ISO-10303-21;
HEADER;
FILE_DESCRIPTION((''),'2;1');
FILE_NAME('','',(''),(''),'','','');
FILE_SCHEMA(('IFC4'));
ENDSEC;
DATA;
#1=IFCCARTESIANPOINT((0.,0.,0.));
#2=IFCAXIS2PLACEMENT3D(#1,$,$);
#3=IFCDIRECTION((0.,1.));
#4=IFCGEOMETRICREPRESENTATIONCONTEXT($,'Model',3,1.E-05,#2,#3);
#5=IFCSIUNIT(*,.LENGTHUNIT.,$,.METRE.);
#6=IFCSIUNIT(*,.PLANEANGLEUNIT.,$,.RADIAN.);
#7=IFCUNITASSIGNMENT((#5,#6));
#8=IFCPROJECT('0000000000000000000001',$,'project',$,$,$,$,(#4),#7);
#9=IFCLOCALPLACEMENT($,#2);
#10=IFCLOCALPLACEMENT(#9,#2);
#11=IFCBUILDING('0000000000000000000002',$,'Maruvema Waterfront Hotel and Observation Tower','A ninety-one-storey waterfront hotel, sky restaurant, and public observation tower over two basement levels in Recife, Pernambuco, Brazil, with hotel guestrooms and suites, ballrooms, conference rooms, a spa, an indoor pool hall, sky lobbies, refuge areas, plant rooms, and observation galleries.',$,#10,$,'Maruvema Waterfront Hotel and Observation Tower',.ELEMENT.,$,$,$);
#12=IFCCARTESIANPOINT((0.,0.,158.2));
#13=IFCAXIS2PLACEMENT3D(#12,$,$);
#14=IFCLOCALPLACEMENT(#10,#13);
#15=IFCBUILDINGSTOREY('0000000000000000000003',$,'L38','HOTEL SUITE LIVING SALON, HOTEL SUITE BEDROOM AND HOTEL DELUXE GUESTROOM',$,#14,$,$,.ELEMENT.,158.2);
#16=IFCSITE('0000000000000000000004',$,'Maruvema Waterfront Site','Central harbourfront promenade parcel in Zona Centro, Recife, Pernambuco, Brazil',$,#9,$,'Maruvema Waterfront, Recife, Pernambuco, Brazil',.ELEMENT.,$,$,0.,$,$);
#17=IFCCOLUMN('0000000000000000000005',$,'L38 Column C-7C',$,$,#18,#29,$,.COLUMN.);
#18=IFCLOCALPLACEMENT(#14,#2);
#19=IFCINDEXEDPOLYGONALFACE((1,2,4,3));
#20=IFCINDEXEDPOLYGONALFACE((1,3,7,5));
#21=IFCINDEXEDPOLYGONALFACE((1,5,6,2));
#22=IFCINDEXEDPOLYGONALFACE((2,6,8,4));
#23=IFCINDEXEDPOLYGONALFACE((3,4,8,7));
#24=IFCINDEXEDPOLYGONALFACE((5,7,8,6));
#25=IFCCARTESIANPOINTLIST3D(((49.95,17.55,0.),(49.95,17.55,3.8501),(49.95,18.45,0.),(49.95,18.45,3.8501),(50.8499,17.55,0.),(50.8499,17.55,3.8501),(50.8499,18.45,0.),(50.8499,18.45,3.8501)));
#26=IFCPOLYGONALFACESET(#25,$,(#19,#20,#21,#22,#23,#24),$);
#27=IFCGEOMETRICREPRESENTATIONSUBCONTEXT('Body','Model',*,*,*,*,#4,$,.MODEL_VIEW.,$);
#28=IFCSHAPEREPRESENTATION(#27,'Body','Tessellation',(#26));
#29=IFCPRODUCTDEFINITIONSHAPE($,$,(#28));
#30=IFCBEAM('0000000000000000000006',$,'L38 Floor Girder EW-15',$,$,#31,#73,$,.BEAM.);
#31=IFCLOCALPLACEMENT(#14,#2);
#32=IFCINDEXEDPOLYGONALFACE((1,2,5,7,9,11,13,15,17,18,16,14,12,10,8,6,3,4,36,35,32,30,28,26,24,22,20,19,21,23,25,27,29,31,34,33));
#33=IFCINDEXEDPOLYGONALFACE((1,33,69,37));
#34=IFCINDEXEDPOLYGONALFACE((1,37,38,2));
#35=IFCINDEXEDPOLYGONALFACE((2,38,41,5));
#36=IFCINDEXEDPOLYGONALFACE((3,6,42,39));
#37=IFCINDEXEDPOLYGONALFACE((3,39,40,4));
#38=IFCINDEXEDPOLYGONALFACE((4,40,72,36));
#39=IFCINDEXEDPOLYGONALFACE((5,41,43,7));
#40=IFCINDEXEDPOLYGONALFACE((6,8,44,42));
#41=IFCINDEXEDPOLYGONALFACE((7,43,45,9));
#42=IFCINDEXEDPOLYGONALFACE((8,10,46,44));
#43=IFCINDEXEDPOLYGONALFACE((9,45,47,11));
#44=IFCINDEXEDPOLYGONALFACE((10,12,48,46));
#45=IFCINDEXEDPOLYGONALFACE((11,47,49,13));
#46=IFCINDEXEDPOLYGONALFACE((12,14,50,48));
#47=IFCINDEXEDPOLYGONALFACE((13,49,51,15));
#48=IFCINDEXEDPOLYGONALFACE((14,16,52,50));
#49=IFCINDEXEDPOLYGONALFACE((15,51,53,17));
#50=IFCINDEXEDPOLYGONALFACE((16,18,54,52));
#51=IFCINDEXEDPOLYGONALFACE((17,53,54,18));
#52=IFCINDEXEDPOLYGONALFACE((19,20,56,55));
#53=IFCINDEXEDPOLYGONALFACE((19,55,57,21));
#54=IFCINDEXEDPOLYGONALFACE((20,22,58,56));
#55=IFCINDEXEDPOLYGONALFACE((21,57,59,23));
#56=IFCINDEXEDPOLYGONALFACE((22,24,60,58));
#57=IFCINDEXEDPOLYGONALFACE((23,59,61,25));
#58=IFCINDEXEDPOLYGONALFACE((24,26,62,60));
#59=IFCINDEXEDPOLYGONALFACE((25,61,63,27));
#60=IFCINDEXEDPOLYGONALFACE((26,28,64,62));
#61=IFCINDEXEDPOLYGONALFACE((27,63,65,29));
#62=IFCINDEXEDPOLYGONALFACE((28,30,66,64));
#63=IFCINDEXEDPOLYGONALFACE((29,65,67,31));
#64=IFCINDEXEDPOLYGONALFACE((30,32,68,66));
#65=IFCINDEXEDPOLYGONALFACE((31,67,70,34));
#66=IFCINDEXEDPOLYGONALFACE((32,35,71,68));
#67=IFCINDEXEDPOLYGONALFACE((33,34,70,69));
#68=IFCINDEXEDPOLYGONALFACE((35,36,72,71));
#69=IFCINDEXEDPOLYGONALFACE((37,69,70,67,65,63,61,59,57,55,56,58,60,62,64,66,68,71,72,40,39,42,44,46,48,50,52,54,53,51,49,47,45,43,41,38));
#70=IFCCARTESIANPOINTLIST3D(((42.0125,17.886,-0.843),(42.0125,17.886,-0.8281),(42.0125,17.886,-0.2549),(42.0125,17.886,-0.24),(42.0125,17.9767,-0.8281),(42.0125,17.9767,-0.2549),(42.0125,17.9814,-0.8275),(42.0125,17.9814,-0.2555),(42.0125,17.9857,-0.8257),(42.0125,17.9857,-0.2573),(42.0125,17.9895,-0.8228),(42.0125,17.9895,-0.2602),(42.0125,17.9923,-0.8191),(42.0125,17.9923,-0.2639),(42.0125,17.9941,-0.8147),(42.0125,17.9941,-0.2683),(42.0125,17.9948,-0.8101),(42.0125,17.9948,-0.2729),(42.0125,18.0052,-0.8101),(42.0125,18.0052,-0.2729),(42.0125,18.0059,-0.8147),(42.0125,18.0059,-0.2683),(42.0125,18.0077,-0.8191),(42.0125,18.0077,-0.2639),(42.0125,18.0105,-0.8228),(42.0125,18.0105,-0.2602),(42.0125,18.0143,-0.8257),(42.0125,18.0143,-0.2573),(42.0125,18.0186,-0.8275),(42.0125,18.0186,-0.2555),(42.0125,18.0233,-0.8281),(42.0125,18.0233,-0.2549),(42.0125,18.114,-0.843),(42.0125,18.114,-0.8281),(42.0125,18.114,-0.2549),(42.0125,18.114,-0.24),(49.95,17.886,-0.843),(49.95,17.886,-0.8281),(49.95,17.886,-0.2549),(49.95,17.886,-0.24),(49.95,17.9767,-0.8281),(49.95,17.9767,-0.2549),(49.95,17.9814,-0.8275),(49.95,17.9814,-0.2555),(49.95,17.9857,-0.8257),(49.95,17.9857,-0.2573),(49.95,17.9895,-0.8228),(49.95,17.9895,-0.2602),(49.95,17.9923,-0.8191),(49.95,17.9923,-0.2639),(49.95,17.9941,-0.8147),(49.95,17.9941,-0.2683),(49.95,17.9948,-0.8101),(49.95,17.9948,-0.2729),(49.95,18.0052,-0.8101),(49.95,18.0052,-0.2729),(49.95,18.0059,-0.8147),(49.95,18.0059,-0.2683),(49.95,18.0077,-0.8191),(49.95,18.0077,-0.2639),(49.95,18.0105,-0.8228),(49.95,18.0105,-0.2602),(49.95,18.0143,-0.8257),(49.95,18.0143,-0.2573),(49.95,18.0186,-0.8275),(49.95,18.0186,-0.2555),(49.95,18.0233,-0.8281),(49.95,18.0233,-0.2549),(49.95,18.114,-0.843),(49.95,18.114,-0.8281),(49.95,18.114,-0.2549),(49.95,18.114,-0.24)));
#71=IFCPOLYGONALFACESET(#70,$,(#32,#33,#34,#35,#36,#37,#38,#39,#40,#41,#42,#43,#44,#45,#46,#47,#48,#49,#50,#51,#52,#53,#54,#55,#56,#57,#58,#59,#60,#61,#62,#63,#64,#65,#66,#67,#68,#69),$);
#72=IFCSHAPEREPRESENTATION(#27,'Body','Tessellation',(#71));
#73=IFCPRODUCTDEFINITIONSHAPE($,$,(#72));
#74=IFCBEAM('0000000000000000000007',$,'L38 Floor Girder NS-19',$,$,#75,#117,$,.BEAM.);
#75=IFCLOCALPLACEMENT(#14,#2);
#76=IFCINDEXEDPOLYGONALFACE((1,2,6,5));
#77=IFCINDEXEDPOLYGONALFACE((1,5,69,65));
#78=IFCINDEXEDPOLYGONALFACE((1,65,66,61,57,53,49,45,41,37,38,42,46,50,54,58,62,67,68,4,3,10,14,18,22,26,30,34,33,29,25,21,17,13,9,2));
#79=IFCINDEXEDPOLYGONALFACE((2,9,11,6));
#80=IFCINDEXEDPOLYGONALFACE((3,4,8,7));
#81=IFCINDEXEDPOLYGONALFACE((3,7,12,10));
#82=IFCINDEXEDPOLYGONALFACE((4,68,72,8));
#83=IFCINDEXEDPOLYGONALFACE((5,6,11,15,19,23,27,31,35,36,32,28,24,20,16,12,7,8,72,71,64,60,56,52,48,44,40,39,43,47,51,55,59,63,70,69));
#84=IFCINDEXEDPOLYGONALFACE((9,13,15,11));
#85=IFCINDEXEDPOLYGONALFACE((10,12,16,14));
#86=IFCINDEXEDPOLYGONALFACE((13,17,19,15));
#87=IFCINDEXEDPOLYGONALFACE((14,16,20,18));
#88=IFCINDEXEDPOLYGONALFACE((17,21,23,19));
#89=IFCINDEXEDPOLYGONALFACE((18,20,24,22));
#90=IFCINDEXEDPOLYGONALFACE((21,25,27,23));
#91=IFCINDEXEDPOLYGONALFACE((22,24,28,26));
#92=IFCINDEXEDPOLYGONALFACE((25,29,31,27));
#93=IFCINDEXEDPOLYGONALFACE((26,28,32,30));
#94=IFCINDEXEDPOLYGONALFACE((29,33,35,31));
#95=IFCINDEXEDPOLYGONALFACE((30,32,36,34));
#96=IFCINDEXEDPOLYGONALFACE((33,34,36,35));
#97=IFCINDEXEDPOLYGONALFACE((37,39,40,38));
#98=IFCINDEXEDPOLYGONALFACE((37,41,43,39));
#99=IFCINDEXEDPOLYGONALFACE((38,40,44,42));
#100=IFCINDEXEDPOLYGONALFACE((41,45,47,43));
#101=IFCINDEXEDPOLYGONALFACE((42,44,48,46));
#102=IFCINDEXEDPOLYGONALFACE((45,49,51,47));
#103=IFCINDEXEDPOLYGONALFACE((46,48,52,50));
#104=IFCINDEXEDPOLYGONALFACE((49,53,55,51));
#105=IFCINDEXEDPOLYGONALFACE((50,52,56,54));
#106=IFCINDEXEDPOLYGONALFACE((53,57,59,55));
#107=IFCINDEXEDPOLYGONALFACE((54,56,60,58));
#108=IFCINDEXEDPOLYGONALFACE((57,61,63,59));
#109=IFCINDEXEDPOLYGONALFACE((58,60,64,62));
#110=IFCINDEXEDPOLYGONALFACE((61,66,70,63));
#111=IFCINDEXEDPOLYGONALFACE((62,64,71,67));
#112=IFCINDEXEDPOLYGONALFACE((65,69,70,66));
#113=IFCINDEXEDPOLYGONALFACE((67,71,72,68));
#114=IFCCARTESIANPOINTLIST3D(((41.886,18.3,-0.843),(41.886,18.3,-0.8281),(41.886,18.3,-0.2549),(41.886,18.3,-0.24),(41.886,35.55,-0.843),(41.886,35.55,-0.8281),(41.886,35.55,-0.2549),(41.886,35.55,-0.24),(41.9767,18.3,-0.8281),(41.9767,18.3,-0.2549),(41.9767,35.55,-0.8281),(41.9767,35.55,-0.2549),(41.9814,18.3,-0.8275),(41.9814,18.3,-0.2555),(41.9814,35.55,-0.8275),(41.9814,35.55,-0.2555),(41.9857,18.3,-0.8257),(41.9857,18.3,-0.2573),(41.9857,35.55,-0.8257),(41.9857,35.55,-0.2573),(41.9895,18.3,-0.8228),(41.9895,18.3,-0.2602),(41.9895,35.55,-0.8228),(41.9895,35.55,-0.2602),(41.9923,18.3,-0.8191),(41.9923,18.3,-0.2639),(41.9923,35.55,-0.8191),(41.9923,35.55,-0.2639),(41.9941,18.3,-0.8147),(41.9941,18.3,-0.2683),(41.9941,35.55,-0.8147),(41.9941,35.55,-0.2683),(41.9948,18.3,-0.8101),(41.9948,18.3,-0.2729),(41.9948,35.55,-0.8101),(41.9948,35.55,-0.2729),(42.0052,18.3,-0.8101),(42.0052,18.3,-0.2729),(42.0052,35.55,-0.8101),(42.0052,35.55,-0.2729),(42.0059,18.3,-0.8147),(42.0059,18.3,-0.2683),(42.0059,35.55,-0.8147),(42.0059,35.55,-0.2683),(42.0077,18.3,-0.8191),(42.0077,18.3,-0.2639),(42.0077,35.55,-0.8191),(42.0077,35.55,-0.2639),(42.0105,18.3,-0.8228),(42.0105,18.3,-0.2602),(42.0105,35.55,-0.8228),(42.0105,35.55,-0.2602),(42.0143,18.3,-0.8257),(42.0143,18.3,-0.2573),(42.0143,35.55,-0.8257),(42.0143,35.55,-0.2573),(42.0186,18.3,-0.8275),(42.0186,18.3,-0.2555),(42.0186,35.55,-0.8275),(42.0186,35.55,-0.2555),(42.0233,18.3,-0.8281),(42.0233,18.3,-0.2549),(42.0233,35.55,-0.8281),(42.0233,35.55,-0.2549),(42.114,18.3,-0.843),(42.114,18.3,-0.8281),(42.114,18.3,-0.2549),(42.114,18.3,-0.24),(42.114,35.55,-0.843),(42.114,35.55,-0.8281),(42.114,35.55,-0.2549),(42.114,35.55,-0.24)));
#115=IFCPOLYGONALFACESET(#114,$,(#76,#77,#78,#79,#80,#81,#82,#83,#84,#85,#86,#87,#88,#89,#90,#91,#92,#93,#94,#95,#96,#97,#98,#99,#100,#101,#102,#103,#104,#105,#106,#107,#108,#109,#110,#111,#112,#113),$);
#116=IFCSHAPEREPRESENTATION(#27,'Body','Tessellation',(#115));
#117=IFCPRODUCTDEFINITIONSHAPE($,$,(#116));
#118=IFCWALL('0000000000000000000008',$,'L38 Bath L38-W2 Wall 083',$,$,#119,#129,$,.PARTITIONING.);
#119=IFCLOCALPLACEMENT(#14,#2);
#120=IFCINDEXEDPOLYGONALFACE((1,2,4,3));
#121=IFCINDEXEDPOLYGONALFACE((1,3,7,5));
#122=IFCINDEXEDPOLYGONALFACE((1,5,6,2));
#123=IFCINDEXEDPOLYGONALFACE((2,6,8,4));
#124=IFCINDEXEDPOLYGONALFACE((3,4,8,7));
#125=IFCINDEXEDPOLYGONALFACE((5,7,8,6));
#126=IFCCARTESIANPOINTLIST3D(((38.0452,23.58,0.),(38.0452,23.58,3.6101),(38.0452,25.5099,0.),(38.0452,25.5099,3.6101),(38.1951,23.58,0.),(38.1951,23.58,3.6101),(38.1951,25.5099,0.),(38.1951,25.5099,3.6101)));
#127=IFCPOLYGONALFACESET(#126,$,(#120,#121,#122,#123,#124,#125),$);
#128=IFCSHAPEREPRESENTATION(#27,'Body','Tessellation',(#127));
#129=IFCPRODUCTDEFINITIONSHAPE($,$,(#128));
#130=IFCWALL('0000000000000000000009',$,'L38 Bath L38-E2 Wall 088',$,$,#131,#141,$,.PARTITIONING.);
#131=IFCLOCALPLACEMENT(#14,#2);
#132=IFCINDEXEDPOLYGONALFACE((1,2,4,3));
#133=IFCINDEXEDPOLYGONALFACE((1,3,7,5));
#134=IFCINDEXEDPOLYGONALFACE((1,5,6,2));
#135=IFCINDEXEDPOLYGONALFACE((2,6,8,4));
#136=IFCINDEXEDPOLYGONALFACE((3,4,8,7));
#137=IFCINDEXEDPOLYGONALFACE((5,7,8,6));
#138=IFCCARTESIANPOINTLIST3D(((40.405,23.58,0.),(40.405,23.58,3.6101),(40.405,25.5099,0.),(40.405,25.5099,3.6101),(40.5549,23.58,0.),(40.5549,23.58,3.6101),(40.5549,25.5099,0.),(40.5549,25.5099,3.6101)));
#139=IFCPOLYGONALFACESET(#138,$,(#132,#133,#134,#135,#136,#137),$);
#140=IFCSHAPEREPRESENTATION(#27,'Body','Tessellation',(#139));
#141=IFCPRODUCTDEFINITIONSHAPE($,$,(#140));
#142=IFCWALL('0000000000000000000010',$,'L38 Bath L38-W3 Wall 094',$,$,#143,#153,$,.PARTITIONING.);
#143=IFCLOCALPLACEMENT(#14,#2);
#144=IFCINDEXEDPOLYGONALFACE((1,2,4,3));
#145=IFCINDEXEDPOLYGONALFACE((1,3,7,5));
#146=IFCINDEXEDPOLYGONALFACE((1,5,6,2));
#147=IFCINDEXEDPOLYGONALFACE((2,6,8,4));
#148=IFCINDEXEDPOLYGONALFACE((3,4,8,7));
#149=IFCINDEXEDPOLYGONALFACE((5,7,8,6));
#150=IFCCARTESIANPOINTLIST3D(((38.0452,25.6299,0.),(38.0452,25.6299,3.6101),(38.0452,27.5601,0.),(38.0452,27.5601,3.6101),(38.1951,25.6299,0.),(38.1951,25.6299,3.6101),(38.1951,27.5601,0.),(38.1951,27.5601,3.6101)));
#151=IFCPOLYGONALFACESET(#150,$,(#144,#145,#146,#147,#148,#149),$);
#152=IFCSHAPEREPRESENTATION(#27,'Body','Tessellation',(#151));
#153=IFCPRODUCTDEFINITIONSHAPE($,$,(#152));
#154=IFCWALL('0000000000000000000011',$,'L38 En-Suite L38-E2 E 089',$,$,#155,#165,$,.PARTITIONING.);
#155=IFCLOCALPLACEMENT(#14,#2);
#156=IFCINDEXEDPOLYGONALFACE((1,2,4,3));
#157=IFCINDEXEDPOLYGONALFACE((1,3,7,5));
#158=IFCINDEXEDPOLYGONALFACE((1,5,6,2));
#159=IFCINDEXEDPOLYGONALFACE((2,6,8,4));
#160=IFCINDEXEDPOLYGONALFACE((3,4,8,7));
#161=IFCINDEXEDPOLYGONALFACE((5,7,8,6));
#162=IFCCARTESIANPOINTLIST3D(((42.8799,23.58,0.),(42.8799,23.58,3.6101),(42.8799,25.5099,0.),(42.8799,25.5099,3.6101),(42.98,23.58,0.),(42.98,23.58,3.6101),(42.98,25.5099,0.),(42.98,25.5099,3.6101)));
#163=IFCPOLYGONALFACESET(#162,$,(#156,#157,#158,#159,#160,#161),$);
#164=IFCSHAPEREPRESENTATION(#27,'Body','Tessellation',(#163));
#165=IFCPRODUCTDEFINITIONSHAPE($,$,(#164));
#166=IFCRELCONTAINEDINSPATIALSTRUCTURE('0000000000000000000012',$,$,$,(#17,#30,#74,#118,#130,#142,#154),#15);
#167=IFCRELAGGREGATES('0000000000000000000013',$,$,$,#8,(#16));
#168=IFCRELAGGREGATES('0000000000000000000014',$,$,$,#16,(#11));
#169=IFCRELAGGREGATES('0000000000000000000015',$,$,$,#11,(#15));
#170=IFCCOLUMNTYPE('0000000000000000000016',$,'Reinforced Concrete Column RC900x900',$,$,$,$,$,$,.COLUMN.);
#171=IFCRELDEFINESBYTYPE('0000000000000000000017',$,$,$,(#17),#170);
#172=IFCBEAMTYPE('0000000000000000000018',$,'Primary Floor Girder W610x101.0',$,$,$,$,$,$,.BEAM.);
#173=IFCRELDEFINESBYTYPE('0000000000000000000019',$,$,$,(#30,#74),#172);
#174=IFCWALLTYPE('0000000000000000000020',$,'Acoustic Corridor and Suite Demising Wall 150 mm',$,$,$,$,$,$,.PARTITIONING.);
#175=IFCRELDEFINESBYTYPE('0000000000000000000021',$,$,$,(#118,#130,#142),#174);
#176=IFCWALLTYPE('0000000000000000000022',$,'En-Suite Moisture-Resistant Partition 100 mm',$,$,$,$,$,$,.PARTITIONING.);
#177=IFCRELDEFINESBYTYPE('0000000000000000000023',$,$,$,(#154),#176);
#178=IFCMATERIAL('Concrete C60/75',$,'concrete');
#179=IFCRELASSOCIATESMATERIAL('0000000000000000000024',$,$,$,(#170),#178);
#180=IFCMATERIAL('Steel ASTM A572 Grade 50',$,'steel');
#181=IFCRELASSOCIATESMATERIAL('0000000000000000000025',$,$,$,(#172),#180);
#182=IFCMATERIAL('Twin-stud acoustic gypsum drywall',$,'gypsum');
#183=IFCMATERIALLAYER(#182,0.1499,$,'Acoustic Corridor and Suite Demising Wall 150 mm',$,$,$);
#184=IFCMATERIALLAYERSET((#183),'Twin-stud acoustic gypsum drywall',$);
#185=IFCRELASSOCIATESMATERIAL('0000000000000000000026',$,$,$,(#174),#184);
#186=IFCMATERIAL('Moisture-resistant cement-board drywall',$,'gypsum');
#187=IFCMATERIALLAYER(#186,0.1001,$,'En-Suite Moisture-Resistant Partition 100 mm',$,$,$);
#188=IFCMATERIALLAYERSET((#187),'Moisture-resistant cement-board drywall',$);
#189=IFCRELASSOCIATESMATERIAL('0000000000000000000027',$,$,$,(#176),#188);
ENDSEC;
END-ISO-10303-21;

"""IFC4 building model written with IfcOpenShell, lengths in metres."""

from ifc_helpers import new_model, si_unit, direction, frame, frame_2d, origin, origin_2d, place, context, subcontext, project, spatial, rectangle, i_section, extrude, material, layer, layer_set, material_profile, profile_set, type_object, element, save


model = new_model("IFC4")

# Units and contexts
model_context = context("Model", 3, precision=1e-05, world=origin(), true_north=direction((0.0, 1.0)))
body_context = subcontext(model_context, "Body", "Model", "MODEL_VIEW")
ifc_project = project(units=[si_unit("LENGTHUNIT", "METRE"), si_unit("PLANEANGLEUNIT", "RADIAN")], contexts=[model_context])

# Site, building, storey
site_placement = place(None, origin())
site = spatial("IfcSite", under=ifc_project, at=site_placement, Name="Maruvema Waterfront Site", Description="Central harbourfront promenade parcel in Zona Centro, Recife, Pernambuco, Brazil", LongName="Maruvema Waterfront, Recife, Pernambuco, Brazil", CompositionType="ELEMENT", RefElevation=0.0)
building_placement = place(site_placement, origin())
building = spatial("IfcBuilding", under=site, at=building_placement, Name="Maruvema Waterfront Hotel and Observation Tower", Description="A ninety-one-storey waterfront hotel, sky restaurant, and public observation tower over two basement levels in Recife, Pernambuco, Brazil, with hotel guestrooms and suites, ballrooms, conference rooms, a spa, an indoor pool hall, sky lobbies, refuge areas, plant rooms, and observation galleries.", LongName="Maruvema Waterfront Hotel and Observation Tower", CompositionType="ELEMENT")
storey_placement = place(building_placement, frame((0.0, 0.0, 158.2)))
storey = spatial("IfcBuildingStorey", under=building, at=storey_placement, Name="L38", Description="HOTEL SUITE LIVING SALON, HOTEL SUITE BEDROOM AND HOTEL DELUXE GUESTROOM", CompositionType="ELEMENT", Elevation=158.2)

# Column
ifc_material_1 = material(Name="Concrete C60/75", Category="concrete")
ifc_material_profile_1 = material_profile(ifc_material_1, rectangle(XDim=0.8999, YDim=0.8999, at=origin_2d()), Name="RC900x900")
ifc_profile_set_1 = profile_set([ifc_material_profile_1], Name="Concrete C60/75")
column_type = type_object("IfcColumnType", Name="Reinforced Concrete Column RC900x900", PredefinedType="COLUMN", material=ifc_profile_set_1)
column_placement = place(storey_placement, frame((50.3999, 18.0, 0.0), z_axis=(0.0, 0.0, 1.0), x_axis=(1.0, 0.0, 0.0)))
element("IfcColumn", 1, at=column_placement, inside=storey, type_object=column_type, Name="L38 Column C-7C", PredefinedType="COLUMN", context=body_context, shape_type="SweptSolid", body=[
    extrude(rectangle(XDim=0.8999, YDim=0.8999, at=origin_2d()), origin(), (0.0, 0.0, 1.0), 3.8501),
])

# Beams
ifc_material_2 = material(Name="Steel ASTM A572 Grade 50", Category="steel")
ifc_material_profile_2 = material_profile(ifc_material_2, i_section(OverallWidth=0.228, OverallDepth=0.603, WebThickness=0.0105, FlangeThickness=0.0149, FilletRadius=0.0181, at=origin_2d()), Name="W610x101.0")
ifc_profile_set_2 = profile_set([ifc_material_profile_2], Name="Steel ASTM A572 Grade 50")
beam_type = type_object("IfcBeamType", Name="Primary Floor Girder W610x101.0", PredefinedType="BEAM", material=ifc_profile_set_2)
beam_1_placement = place(storey_placement, frame((42.0125, 18.0, -0.5415), z_axis=(1.0, 0.0, 0.0), x_axis=(0.0, 1.0, 0.0)))
element("IfcBeam", 2, at=beam_1_placement, inside=storey, type_object=beam_type, Name="L38 Floor Girder EW-15", PredefinedType="BEAM", context=body_context, shape_type="SweptSolid", body=[
    extrude(i_section(OverallWidth=0.228, OverallDepth=0.603, WebThickness=0.0105, FlangeThickness=0.0149, FilletRadius=0.0181, at=origin_2d()), origin(), (0.0, 0.0, 1.0), 7.9375),
])
beam_2_placement = place(storey_placement, frame((42.0, 18.3, -0.5415), z_axis=(0.0, 1.0, 0.0), x_axis=(-1.0, 0.0, 0.0)))
element("IfcBeam", 3, at=beam_2_placement, inside=storey, type_object=beam_type, Name="L38 Floor Girder NS-19", PredefinedType="BEAM", context=body_context, shape_type="SweptSolid", body=[
    extrude(i_section(OverallWidth=0.228, OverallDepth=0.603, WebThickness=0.0105, FlangeThickness=0.0149, FilletRadius=0.0181, at=origin_2d()), origin(), (0.0, 0.0, 1.0), 17.25),
])

# Shared definitions
ifc_material_3 = material(Name="Twin-stud acoustic gypsum drywall", Category="gypsum")
ifc_layer_1 = layer(ifc_material_3, 0.1499, Name="Acoustic Corridor and Suite Demising Wall 150 mm")
ifc_layer_set_1 = layer_set([ifc_layer_1], Name="Twin-stud acoustic gypsum drywall")
wall_type_1 = type_object("IfcWallType", Name="Acoustic Corridor and Suite Demising Wall 150 mm", PredefinedType="PARTITIONING", material=ifc_layer_set_1)

# Wall
wall_1_placement = place(storey_placement, frame((38.1201, 23.5801, 0.0), z_axis=(0.0, 0.0, 1.0), x_axis=(0.0, 1.0, 0.0)))
element("IfcWall", 4, at=wall_1_placement, inside=storey, type_object=wall_type_1, Name="L38 Bath L38-W2 Wall 083", PredefinedType="PARTITIONING", context=body_context, shape_type="SweptSolid", body=[
    extrude(rectangle(XDim=1.9299, YDim=0.1499, at=frame_2d((0.9648, 0.0))), origin(), (0.0, 0.0, 1.0), 3.6101),
])

# Walls
wall_2_placement = place(storey_placement, frame((40.48, 23.5801, 0.0), z_axis=(0.0, 0.0, 1.0), x_axis=(0.0, 1.0, 0.0)))
element("IfcWall", 5, at=wall_2_placement, inside=storey, type_object=wall_type_1, Name="L38 Bath L38-E2 Wall 088", PredefinedType="PARTITIONING", context=body_context, shape_type="SweptSolid", body=[
    extrude(rectangle(XDim=1.9299, YDim=0.1499, at=frame_2d((0.9648, 0.0))), origin(), (0.0, 0.0, 1.0), 3.6101),
])
wall_3_placement = place(storey_placement, frame((38.1201, 25.6299, 0.0), z_axis=(0.0, 0.0, 1.0), x_axis=(0.0, 1.0, 0.0)))
element("IfcWall", 6, at=wall_3_placement, inside=storey, type_object=wall_type_1, Name="L38 Bath L38-W3 Wall 094", PredefinedType="PARTITIONING", context=body_context, shape_type="SweptSolid", body=[
    extrude(rectangle(XDim=1.9302, YDim=0.1499, at=frame_2d((0.9651, 0.0))), origin(), (0.0, 0.0, 1.0), 3.6101),
])

# Wall
ifc_material_4 = material(Name="Moisture-resistant cement-board drywall", Category="gypsum")
ifc_layer_2 = layer(ifc_material_4, 0.1001, Name="En-Suite Moisture-Resistant Partition 100 mm")
ifc_layer_set_2 = layer_set([ifc_layer_2], Name="Moisture-resistant cement-board drywall")
wall_type_2 = type_object("IfcWallType", Name="En-Suite Moisture-Resistant Partition 100 mm", PredefinedType="PARTITIONING", material=ifc_layer_set_2)
wall_4_placement = place(storey_placement, frame((42.9299, 23.5801, 0.0), z_axis=(0.0, 0.0, 1.0), x_axis=(0.0, 1.0, 0.0)))
element("IfcWall", 7, at=wall_4_placement, inside=storey, type_object=wall_type_2, Name="L38 En-Suite L38-E2 E 089", PredefinedType="PARTITIONING", context=body_context, shape_type="SweptSolid", body=[
    extrude(rectangle(XDim=1.9299, YDim=0.1001, at=frame_2d((0.9648, 0.0))), origin(), (0.0, 0.0, 1.0), 3.6101),
])

save(model, "model.ifc")
